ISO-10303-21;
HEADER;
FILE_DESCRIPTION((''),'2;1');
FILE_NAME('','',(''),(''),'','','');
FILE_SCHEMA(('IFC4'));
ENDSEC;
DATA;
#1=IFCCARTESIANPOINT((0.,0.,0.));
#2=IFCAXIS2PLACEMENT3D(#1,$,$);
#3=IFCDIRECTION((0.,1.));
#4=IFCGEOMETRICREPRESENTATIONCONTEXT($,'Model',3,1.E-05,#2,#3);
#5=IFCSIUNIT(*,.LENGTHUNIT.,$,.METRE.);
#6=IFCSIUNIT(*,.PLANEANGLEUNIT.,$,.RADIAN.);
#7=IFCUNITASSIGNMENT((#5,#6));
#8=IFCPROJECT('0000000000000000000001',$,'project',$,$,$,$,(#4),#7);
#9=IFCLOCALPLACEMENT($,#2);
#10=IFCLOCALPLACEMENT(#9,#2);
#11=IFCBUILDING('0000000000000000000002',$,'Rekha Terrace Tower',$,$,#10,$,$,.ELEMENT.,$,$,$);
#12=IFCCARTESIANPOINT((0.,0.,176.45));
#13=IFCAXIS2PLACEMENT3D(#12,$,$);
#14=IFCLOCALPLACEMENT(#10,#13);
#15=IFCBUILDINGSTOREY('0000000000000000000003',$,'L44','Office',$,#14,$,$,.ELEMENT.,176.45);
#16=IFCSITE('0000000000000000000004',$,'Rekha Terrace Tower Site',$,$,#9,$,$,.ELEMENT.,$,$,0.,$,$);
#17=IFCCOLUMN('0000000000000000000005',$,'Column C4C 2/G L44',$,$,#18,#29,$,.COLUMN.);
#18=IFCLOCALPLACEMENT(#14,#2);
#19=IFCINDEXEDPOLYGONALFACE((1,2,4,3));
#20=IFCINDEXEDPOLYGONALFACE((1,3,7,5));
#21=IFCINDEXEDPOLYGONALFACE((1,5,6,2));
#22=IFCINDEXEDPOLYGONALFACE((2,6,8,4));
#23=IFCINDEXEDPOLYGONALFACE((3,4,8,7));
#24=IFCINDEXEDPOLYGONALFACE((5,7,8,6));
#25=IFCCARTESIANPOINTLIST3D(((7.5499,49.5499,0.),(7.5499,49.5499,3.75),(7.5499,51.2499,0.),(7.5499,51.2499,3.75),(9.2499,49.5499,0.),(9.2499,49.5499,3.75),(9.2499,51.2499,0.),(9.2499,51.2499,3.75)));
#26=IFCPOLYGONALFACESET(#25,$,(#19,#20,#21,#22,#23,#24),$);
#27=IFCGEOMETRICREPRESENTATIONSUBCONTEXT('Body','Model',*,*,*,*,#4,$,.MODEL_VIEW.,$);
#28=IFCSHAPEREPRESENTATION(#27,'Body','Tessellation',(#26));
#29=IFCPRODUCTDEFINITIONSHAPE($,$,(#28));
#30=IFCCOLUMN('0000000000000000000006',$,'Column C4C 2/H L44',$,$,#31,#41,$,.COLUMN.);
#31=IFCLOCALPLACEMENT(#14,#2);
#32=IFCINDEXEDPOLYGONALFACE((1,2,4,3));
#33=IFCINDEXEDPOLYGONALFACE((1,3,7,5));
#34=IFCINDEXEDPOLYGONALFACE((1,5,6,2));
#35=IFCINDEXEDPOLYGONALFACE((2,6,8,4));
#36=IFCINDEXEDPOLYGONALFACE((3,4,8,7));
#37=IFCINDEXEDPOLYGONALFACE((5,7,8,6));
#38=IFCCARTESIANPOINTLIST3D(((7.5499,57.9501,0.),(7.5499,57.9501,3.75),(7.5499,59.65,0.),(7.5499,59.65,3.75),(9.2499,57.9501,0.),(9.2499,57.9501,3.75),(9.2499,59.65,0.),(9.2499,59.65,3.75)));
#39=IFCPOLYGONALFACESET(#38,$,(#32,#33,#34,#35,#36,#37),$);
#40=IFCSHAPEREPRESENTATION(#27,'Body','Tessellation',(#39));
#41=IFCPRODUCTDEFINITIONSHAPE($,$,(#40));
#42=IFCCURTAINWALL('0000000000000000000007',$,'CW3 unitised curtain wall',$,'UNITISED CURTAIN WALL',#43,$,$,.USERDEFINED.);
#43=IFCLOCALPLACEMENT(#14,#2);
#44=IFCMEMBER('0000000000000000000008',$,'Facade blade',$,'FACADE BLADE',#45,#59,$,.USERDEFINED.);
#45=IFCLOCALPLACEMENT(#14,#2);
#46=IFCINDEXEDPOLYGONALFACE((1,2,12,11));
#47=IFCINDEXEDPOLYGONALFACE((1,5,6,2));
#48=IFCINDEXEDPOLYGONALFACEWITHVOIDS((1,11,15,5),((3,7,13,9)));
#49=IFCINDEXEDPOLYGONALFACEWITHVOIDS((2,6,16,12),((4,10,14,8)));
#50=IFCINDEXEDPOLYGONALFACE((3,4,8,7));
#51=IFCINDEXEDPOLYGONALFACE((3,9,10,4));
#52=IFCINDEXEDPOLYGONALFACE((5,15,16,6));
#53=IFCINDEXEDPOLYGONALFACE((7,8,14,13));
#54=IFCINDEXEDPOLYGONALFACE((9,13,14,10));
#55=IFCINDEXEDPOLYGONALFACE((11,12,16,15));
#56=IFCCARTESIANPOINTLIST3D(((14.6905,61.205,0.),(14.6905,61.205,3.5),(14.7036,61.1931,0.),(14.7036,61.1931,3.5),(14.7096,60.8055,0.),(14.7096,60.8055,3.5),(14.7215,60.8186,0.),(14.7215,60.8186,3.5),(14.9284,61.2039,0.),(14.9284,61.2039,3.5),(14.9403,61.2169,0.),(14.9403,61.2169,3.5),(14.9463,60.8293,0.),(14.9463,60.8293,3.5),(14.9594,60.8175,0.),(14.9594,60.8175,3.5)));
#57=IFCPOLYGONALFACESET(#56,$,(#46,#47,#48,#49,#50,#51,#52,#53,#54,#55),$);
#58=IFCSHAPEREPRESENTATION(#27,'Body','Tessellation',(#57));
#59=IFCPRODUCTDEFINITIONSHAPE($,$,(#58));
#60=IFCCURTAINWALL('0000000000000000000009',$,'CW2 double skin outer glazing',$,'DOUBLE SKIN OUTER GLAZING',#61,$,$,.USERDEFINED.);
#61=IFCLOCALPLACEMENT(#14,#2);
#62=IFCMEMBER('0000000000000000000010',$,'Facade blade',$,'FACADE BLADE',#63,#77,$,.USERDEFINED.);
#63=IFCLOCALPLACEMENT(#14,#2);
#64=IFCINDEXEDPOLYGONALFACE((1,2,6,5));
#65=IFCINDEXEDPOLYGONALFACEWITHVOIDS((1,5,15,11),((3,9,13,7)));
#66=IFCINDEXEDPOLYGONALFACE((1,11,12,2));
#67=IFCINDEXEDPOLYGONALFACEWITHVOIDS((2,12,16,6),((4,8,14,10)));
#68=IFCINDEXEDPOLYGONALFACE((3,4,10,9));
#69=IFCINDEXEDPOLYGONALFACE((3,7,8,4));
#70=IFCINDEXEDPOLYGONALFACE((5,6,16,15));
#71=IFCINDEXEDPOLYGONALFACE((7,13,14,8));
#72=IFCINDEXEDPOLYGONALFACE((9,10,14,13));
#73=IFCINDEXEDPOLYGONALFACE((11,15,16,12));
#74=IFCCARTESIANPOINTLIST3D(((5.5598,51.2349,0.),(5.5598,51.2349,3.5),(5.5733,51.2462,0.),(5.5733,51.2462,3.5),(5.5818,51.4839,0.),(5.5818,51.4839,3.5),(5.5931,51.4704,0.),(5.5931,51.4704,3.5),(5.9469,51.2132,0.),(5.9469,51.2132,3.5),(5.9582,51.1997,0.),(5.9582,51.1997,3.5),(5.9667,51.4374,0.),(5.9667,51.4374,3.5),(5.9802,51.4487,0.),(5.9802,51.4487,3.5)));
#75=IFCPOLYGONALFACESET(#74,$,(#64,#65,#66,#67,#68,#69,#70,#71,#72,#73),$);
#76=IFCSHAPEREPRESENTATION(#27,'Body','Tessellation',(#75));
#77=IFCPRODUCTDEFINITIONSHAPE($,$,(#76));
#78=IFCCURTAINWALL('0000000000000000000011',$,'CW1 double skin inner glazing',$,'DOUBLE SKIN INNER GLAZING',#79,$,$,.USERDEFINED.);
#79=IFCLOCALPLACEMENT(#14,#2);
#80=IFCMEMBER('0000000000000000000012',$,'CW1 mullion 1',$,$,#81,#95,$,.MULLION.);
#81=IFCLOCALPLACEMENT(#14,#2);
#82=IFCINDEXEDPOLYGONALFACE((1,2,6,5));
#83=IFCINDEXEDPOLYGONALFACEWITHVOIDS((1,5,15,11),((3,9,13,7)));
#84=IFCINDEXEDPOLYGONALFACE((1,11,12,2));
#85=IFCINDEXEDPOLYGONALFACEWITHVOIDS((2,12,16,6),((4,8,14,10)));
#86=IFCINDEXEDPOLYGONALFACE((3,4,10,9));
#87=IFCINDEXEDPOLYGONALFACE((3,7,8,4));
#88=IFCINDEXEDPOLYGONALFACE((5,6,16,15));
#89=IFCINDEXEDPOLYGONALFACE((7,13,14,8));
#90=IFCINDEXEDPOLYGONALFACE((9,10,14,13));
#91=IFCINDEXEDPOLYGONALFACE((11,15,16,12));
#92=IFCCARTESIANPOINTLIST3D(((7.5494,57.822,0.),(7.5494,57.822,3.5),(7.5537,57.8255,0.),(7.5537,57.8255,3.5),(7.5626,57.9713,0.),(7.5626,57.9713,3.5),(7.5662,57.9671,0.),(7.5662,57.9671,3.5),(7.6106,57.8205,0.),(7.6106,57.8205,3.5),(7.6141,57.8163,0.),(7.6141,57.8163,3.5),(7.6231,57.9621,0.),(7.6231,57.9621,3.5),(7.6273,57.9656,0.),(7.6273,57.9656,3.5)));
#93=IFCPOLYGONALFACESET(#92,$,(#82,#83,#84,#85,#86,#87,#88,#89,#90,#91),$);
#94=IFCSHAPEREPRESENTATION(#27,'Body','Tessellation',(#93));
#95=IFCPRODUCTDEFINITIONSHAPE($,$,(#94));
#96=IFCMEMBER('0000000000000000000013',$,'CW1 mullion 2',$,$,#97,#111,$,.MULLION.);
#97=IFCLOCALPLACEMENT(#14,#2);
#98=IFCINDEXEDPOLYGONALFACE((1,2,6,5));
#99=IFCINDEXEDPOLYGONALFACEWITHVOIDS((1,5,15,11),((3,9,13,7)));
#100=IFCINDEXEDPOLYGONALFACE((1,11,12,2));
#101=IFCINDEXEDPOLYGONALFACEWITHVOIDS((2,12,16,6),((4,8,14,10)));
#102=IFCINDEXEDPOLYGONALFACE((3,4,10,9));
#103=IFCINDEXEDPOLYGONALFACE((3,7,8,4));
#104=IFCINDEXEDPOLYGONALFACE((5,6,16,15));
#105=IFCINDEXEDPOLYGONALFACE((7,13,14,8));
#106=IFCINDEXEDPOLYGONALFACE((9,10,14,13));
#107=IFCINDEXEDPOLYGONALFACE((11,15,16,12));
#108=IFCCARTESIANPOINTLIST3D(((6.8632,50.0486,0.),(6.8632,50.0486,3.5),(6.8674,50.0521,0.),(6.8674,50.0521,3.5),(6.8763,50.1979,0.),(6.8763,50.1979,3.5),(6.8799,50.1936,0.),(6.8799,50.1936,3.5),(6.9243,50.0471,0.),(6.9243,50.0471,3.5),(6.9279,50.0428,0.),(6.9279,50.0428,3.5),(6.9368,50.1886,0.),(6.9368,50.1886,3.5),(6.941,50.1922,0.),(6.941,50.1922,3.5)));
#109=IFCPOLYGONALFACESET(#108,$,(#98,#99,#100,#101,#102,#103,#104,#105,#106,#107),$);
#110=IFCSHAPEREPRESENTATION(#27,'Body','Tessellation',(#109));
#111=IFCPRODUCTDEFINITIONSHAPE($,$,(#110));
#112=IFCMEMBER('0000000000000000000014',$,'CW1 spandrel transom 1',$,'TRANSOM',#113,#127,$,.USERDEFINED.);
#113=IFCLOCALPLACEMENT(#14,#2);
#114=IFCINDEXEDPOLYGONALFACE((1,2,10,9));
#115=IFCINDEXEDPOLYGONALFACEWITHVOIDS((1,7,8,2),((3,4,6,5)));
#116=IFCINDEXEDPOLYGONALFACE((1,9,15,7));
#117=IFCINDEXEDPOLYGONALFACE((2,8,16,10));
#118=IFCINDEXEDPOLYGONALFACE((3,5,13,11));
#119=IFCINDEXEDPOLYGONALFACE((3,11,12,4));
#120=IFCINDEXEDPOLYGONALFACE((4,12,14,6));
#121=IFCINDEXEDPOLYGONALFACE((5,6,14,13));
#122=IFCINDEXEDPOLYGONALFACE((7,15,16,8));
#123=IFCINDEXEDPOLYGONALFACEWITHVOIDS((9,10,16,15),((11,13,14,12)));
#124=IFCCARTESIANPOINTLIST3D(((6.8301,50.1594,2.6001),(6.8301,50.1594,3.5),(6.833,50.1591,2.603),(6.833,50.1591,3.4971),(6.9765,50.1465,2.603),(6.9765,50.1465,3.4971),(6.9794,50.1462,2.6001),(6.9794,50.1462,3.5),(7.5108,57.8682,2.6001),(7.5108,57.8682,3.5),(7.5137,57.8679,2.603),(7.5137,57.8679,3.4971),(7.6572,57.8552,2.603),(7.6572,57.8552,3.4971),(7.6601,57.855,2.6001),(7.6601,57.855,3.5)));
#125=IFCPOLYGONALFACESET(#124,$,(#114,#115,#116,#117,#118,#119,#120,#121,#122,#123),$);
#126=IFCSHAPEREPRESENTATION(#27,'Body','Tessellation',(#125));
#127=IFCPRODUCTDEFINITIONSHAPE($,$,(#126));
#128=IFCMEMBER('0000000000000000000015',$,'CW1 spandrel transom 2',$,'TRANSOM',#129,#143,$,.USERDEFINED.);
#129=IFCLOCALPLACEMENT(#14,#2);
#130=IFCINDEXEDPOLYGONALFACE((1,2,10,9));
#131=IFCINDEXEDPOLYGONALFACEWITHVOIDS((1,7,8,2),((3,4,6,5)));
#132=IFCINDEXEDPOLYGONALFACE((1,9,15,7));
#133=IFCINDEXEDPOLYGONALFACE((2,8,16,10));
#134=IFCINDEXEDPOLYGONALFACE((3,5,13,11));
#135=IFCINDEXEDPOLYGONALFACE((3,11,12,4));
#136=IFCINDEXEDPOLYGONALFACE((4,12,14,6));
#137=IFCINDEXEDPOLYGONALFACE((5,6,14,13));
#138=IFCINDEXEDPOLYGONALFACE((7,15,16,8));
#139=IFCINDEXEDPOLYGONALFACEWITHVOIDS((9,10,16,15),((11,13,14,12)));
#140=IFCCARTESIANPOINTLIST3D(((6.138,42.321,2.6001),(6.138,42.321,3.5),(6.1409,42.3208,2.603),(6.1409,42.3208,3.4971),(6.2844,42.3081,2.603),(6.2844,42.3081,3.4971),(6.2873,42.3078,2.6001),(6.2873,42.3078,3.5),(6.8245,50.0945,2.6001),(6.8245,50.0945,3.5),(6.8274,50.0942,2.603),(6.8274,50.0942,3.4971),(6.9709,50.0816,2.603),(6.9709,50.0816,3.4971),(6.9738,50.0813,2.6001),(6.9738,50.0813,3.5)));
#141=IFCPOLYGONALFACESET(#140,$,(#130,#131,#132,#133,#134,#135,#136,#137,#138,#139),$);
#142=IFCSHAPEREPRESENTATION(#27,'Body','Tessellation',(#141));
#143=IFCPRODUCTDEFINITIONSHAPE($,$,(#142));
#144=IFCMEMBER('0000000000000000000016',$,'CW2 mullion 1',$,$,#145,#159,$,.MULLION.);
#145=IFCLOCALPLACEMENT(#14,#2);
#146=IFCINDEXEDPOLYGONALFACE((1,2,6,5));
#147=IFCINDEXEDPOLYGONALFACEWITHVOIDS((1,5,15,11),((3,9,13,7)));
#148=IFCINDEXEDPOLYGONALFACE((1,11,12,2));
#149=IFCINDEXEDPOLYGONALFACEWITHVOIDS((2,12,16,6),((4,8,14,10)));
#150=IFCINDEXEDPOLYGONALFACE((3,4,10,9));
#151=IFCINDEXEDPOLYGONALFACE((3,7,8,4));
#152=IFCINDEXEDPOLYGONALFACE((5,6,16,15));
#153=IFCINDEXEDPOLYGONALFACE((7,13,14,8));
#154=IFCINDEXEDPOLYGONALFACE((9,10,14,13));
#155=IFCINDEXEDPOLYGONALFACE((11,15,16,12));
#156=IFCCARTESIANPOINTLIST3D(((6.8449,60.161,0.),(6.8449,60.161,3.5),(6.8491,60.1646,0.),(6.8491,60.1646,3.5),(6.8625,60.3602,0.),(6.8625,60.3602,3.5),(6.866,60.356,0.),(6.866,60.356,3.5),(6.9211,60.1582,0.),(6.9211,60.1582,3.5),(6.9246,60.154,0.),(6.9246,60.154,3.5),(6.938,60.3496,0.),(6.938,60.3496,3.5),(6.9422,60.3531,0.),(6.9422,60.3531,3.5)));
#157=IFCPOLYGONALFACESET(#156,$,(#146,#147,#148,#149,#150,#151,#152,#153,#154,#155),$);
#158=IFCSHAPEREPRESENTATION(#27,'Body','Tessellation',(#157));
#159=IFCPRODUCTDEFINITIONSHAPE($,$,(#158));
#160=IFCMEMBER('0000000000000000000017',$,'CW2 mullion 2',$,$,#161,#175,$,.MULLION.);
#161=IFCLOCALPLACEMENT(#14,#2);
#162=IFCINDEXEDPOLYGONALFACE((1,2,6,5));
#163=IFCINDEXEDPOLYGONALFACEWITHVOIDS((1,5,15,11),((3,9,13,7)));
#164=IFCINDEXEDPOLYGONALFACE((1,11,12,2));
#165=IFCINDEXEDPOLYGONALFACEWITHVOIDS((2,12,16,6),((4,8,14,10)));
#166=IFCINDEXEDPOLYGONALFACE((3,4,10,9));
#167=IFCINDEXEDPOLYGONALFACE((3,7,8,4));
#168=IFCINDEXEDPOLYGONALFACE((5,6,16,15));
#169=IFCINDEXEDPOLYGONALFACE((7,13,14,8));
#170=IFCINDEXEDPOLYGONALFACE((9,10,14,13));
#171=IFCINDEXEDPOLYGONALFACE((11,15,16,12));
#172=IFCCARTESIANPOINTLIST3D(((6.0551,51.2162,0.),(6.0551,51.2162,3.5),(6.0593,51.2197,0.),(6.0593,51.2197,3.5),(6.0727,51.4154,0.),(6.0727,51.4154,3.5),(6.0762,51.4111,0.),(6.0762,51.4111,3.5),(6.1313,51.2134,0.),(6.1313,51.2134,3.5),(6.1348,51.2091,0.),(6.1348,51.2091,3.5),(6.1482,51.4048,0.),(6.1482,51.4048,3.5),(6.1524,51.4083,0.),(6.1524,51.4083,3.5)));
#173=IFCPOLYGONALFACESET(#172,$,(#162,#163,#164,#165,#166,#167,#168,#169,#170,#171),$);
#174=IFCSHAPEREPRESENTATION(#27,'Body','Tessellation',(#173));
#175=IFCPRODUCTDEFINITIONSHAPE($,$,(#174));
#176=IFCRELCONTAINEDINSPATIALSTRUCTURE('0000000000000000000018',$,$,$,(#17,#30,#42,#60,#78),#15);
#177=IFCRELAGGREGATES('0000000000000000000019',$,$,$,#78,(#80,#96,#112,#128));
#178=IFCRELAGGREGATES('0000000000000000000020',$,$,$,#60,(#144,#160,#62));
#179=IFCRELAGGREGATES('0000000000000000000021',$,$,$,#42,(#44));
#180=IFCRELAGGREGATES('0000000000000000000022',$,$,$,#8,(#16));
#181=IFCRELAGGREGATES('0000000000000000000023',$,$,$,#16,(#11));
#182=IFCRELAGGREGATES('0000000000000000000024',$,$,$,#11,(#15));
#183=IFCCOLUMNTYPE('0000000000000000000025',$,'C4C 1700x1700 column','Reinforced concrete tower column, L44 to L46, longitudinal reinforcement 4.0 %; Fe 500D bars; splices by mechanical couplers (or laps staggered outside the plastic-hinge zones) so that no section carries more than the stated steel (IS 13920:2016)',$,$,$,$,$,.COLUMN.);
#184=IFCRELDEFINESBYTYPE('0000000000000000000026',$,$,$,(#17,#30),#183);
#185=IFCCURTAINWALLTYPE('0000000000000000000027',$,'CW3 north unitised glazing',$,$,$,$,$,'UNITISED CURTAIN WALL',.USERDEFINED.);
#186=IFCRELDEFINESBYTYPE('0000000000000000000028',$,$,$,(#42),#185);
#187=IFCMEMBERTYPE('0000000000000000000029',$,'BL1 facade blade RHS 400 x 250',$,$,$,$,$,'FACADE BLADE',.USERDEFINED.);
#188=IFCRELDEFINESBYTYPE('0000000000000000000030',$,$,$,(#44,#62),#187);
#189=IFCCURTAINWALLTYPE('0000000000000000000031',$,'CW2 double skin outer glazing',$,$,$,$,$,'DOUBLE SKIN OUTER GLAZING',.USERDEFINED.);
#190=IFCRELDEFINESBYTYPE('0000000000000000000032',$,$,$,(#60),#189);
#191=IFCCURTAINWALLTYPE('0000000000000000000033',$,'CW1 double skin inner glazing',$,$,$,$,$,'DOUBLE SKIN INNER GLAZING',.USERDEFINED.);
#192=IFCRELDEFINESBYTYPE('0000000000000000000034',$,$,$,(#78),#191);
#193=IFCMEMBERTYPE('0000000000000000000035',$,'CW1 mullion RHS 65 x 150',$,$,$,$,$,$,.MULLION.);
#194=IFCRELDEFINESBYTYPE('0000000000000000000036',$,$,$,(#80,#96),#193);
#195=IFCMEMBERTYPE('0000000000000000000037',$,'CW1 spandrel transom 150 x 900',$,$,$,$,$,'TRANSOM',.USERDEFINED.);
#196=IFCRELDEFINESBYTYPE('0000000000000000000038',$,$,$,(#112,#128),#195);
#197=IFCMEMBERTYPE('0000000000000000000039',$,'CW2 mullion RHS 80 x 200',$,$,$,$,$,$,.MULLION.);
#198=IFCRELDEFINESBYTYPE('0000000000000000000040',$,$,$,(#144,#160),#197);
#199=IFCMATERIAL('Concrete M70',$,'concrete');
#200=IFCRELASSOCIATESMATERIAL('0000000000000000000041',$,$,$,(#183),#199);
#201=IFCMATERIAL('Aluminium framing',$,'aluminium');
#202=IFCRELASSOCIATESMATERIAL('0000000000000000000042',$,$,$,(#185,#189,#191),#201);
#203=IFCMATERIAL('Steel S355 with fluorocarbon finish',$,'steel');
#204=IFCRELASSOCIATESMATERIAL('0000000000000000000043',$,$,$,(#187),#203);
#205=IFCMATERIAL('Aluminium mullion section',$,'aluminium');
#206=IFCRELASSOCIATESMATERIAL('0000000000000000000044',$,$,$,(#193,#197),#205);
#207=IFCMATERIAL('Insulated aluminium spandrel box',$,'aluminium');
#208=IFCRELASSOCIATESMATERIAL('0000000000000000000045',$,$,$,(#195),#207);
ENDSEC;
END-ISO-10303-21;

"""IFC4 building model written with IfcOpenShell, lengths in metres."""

from ifc_helpers import new_model, si_unit, direction, frame, origin, origin_2d, place, context, subcontext, project, spatial, rectangle, hollow_rectangle, extrude, material, material_profile, profile_set, type_object, element, aggregate, save


model = new_model("IFC4")

# Units and contexts
model_context = context("Model", 3, precision=1e-05, world=origin(), true_north=direction((0.0, 1.0)))
body_context = subcontext(model_context, "Body", "Model", "MODEL_VIEW")
ifc_project = project(units=[si_unit("LENGTHUNIT", "METRE"), si_unit("PLANEANGLEUNIT", "RADIAN")], contexts=[model_context])

# Site, building, storey
site_placement = place(None, origin())
site = spatial("IfcSite", under=ifc_project, at=site_placement, Name="Rekha Terrace Tower Site", CompositionType="ELEMENT", RefElevation=0.0)
building_placement = place(site_placement, origin())
building = spatial("IfcBuilding", under=site, at=building_placement, Name="Rekha Terrace Tower", CompositionType="ELEMENT")
storey_placement = place(building_placement, frame((0.0, 0.0, 176.45)))
storey = spatial("IfcBuildingStorey", under=building, at=storey_placement, Name="L44", Description="Office", CompositionType="ELEMENT", Elevation=176.45)

# Columns
ifc_material_1 = material(Name="Concrete M70", Category="concrete")
ifc_material_profile_1 = material_profile(ifc_material_1, rectangle(XDim=1.7, YDim=1.7, at=origin_2d()), Name="RC 1700x1700")
ifc_profile_set_1 = profile_set([ifc_material_profile_1], Name="Concrete M70")
column_type = type_object("IfcColumnType", Name="C4C 1700x1700 column", Description="Reinforced concrete tower column, L44 to L46, longitudinal reinforcement 4.0 %; Fe 500D bars; splices by mechanical couplers (or laps staggered outside the plastic-hinge zones) so that no section carries more than the stated steel (IS 13920:2016)", PredefinedType="COLUMN", material=ifc_profile_set_1)
for number, where, z_axis, x_axis, name in (
    (1, (8.3999, 50.3999, 0.0), (0.0, 0.0, 1.0), (1.0, 0.0, 0.0), "Column C4C 2/G L44"),
    (2, (8.3999, 58.8, 0.0), (0.0, 0.0, 1.0), (1.0, 0.0, 0.0), "Column C4C 2/H L44"),
):
    element("IfcColumn", number, at=place(storey_placement, frame(where, z_axis=z_axis, x_axis=x_axis)), inside=storey, type_object=column_type, Name=name, PredefinedType="COLUMN", context=body_context, shape_type="SweptSolid", body=[
        extrude(rectangle(XDim=1.7, YDim=1.7, at=origin_2d()), origin(), (0.0, 0.0, 1.0), 3.75),
    ])

# Curtain walls, members
ifc_material_2 = material(Name="Aluminium framing", Category="aluminium")
curtain_wall_type_1 = type_object("IfcCurtainWallType", Name="CW3 north unitised glazing", ElementType="UNITISED CURTAIN WALL", PredefinedType="USERDEFINED", material=ifc_material_2)
curtain_wall_1_placement = place(storey_placement, origin())
curtain_wall_1 = element("IfcCurtainWall", 3, at=curtain_wall_1_placement, inside=storey, type_object=curtain_wall_type_1, Name="CW3 unitised curtain wall", ObjectType="UNITISED CURTAIN WALL", PredefinedType="USERDEFINED")
ifc_material_3 = material(Name="Steel S355 with fluorocarbon finish", Category="steel")
ifc_material_profile_2 = material_profile(ifc_material_3, hollow_rectangle(XDim=0.25, YDim=0.3999, WallThickness=0.0125, at=origin_2d()), Name="RHS400x250x12.5")
ifc_profile_set_2 = profile_set([ifc_material_profile_2], Name="Steel S355 with fluorocarbon finish")
member_type_1 = type_object("IfcMemberType", Name="BL1 facade blade RHS 400 x 250", ElementType="FACADE BLADE", PredefinedType="USERDEFINED", material=ifc_profile_set_2)
member_1_placement = place(storey_placement, frame((14.825, 61.0112, 0.0), z_axis=(0.0, 0.0, 1.0), x_axis=(-0.998859, -0.047758, 0.0)))
member_1 = element("IfcMember", 4, at=member_1_placement, type_object=member_type_1, Name="Facade blade", ObjectType="FACADE BLADE", PredefinedType="USERDEFINED", context=body_context, shape_type="SweptSolid", body=[
    extrude(hollow_rectangle(XDim=0.25, YDim=0.3999, WallThickness=0.0125, at=origin_2d()), origin(), (0.0, 0.0, 1.0), 3.5),
])
curtain_wall_type_2 = type_object("IfcCurtainWallType", Name="CW2 double skin outer glazing", ElementType="DOUBLE SKIN OUTER GLAZING", PredefinedType="USERDEFINED", material=ifc_material_2)
curtain_wall_2_placement = place(storey_placement, origin())
curtain_wall_2 = element("IfcCurtainWall", 5, at=curtain_wall_2_placement, inside=storey, type_object=curtain_wall_type_2, Name="CW2 double skin outer glazing", ObjectType="DOUBLE SKIN OUTER GLAZING", PredefinedType="USERDEFINED")
member_2_placement = place(storey_placement, frame((5.77, 51.3418, 0.0), z_axis=(0.0, 0.0, 1.0), x_axis=(-0.087957, -0.996124, 0.0)))
member_2 = element("IfcMember", 6, at=member_2_placement, type_object=member_type_1, Name="Facade blade", ObjectType="FACADE BLADE", PredefinedType="USERDEFINED", context=body_context, shape_type="SweptSolid", body=[
    extrude(hollow_rectangle(XDim=0.25, YDim=0.3999, WallThickness=0.0125, at=origin_2d()), origin(), (0.0, 0.0, 1.0), 3.5),
])

# Curtain wall, members
curtain_wall_type_3 = type_object("IfcCurtainWallType", Name="CW1 double skin inner glazing", ElementType="DOUBLE SKIN INNER GLAZING", PredefinedType="USERDEFINED", material=ifc_material_2)
curtain_wall_3_placement = place(storey_placement, origin())
curtain_wall_3 = element("IfcCurtainWall", 7, at=curtain_wall_3_placement, inside=storey, type_object=curtain_wall_type_3, Name="CW1 double skin inner glazing", ObjectType="DOUBLE SKIN INNER GLAZING", PredefinedType="USERDEFINED")
ifc_material_4 = material(Name="Aluminium mullion section", Category="aluminium")
ifc_material_profile_3 = material_profile(ifc_material_4, hollow_rectangle(XDim=0.0649, YDim=0.1499, WallThickness=0.0039, at=origin_2d()), Name="AL RHS 65x150")
ifc_profile_set_3 = profile_set([ifc_material_profile_3], Name="Aluminium mullion section")
member_type_2 = type_object("IfcMemberType", Name="CW1 mullion RHS 65 x 150", PredefinedType="MULLION", material=ifc_profile_set_3)
member_3_placement = place(storey_placement, frame((7.5884, 57.8938, 0.0), z_axis=(0.0, 0.0, 1.0), x_axis=(0.996124, -0.087958, 0.0)))
member_3 = element("IfcMember", 8, at=member_3_placement, type_object=member_type_2, Name="CW1 mullion 1", PredefinedType="MULLION", context=body_context, shape_type="SweptSolid", body=[
    extrude(hollow_rectangle(XDim=0.0649, YDim=0.1499, WallThickness=0.0039, at=origin_2d()), origin(), (0.0, 0.0, 1.0), 3.5),
])
member_4_placement = place(storey_placement, frame((6.9021, 50.1204, 0.0), z_axis=(0.0, 0.0, 1.0), x_axis=(0.996124, -0.087958, 0.0)))
member_4 = element("IfcMember", 9, at=member_4_placement, type_object=member_type_2, Name="CW1 mullion 2", PredefinedType="MULLION", context=body_context, shape_type="SweptSolid", body=[
    extrude(hollow_rectangle(XDim=0.0649, YDim=0.1499, WallThickness=0.0039, at=origin_2d()), origin(), (0.0, 0.0, 1.0), 3.5),
])
ifc_material_5 = material(Name="Insulated aluminium spandrel box", Category="aluminium")
ifc_material_profile_4 = material_profile(ifc_material_5, hollow_rectangle(XDim=0.1499, YDim=0.8999, WallThickness=0.0029, at=origin_2d()), Name="AL SPANDREL BOX 150x900")
ifc_profile_set_4 = profile_set([ifc_material_profile_4], Name="Insulated aluminium spandrel box")
member_type_3 = type_object("IfcMemberType", Name="CW1 spandrel transom 150 x 900", ElementType="TRANSOM", PredefinedType="USERDEFINED", material=ifc_profile_set_4)
member_5_placement = place(storey_placement, frame((7.5854, 57.8616, 3.05), z_axis=(-0.087955, -0.996124, 0.0), x_axis=(0.996124, -0.087955, 0.0)))
member_5 = element("IfcMember", 10, at=member_5_placement, type_object=member_type_3, Name="CW1 spandrel transom 1", ObjectType="TRANSOM", PredefinedType="USERDEFINED", context=body_context, shape_type="SweptSolid", body=[
    extrude(hollow_rectangle(XDim=0.1499, YDim=0.8999, WallThickness=0.0029, at=origin_2d()), origin(), (0.0, 0.0, 1.0), 7.7388),
])
member_6_placement = place(storey_placement, frame((6.8992, 50.0879, 3.05), z_axis=(-0.087974, -0.996123, 0.0), x_axis=(0.996123, -0.087974, 0.0)))
member_6 = element("IfcMember", 11, at=member_6_placement, type_object=member_type_3, Name="CW1 spandrel transom 2", ObjectType="TRANSOM", PredefinedType="USERDEFINED", context=body_context, shape_type="SweptSolid", body=[
    extrude(hollow_rectangle(XDim=0.1499, YDim=0.8999, WallThickness=0.0029, at=origin_2d()), origin(), (0.0, 0.0, 1.0), 7.8037),
])

# Members
ifc_material_profile_5 = material_profile(ifc_material_4, hollow_rectangle(XDim=0.0801, YDim=0.2, WallThickness=0.0039, at=origin_2d()), Name="AL RHS 80x200")
ifc_profile_set_5 = profile_set([ifc_material_profile_5], Name="Aluminium mullion section")
member_type_4 = type_object("IfcMemberType", Name="CW2 mullion RHS 80 x 200", PredefinedType="MULLION", material=ifc_profile_set_5)
member_7_placement = place(storey_placement, frame((6.8936, 60.2571, 0.0), z_axis=(0.0, 0.0, 1.0), x_axis=(0.996124, -0.087958, 0.0)))
member_7 = element("IfcMember", 12, at=member_7_placement, type_object=member_type_4, Name="CW2 mullion 1", PredefinedType="MULLION", context=body_context, shape_type="SweptSolid", body=[
    extrude(hollow_rectangle(XDim=0.0801, YDim=0.2, WallThickness=0.0039, at=origin_2d()), origin(), (0.0, 0.0, 1.0), 3.5),
])
member_8_placement = place(storey_placement, frame((6.1038, 51.3123, 0.0), z_axis=(0.0, 0.0, 1.0), x_axis=(0.996124, -0.087958, 0.0)))
member_8 = element("IfcMember", 13, at=member_8_placement, type_object=member_type_4, Name="CW2 mullion 2", PredefinedType="MULLION", context=body_context, shape_type="SweptSolid", body=[
    extrude(hollow_rectangle(XDim=0.0801, YDim=0.2, WallThickness=0.0039, at=origin_2d()), origin(), (0.0, 0.0, 1.0), 3.5),
])

aggregate(curtain_wall_3, [member_3, member_4, member_5, member_6])
aggregate(curtain_wall_2, [member_7, member_8, member_2])
aggregate(curtain_wall_1, [member_1])

save(model, "model.ifc")
